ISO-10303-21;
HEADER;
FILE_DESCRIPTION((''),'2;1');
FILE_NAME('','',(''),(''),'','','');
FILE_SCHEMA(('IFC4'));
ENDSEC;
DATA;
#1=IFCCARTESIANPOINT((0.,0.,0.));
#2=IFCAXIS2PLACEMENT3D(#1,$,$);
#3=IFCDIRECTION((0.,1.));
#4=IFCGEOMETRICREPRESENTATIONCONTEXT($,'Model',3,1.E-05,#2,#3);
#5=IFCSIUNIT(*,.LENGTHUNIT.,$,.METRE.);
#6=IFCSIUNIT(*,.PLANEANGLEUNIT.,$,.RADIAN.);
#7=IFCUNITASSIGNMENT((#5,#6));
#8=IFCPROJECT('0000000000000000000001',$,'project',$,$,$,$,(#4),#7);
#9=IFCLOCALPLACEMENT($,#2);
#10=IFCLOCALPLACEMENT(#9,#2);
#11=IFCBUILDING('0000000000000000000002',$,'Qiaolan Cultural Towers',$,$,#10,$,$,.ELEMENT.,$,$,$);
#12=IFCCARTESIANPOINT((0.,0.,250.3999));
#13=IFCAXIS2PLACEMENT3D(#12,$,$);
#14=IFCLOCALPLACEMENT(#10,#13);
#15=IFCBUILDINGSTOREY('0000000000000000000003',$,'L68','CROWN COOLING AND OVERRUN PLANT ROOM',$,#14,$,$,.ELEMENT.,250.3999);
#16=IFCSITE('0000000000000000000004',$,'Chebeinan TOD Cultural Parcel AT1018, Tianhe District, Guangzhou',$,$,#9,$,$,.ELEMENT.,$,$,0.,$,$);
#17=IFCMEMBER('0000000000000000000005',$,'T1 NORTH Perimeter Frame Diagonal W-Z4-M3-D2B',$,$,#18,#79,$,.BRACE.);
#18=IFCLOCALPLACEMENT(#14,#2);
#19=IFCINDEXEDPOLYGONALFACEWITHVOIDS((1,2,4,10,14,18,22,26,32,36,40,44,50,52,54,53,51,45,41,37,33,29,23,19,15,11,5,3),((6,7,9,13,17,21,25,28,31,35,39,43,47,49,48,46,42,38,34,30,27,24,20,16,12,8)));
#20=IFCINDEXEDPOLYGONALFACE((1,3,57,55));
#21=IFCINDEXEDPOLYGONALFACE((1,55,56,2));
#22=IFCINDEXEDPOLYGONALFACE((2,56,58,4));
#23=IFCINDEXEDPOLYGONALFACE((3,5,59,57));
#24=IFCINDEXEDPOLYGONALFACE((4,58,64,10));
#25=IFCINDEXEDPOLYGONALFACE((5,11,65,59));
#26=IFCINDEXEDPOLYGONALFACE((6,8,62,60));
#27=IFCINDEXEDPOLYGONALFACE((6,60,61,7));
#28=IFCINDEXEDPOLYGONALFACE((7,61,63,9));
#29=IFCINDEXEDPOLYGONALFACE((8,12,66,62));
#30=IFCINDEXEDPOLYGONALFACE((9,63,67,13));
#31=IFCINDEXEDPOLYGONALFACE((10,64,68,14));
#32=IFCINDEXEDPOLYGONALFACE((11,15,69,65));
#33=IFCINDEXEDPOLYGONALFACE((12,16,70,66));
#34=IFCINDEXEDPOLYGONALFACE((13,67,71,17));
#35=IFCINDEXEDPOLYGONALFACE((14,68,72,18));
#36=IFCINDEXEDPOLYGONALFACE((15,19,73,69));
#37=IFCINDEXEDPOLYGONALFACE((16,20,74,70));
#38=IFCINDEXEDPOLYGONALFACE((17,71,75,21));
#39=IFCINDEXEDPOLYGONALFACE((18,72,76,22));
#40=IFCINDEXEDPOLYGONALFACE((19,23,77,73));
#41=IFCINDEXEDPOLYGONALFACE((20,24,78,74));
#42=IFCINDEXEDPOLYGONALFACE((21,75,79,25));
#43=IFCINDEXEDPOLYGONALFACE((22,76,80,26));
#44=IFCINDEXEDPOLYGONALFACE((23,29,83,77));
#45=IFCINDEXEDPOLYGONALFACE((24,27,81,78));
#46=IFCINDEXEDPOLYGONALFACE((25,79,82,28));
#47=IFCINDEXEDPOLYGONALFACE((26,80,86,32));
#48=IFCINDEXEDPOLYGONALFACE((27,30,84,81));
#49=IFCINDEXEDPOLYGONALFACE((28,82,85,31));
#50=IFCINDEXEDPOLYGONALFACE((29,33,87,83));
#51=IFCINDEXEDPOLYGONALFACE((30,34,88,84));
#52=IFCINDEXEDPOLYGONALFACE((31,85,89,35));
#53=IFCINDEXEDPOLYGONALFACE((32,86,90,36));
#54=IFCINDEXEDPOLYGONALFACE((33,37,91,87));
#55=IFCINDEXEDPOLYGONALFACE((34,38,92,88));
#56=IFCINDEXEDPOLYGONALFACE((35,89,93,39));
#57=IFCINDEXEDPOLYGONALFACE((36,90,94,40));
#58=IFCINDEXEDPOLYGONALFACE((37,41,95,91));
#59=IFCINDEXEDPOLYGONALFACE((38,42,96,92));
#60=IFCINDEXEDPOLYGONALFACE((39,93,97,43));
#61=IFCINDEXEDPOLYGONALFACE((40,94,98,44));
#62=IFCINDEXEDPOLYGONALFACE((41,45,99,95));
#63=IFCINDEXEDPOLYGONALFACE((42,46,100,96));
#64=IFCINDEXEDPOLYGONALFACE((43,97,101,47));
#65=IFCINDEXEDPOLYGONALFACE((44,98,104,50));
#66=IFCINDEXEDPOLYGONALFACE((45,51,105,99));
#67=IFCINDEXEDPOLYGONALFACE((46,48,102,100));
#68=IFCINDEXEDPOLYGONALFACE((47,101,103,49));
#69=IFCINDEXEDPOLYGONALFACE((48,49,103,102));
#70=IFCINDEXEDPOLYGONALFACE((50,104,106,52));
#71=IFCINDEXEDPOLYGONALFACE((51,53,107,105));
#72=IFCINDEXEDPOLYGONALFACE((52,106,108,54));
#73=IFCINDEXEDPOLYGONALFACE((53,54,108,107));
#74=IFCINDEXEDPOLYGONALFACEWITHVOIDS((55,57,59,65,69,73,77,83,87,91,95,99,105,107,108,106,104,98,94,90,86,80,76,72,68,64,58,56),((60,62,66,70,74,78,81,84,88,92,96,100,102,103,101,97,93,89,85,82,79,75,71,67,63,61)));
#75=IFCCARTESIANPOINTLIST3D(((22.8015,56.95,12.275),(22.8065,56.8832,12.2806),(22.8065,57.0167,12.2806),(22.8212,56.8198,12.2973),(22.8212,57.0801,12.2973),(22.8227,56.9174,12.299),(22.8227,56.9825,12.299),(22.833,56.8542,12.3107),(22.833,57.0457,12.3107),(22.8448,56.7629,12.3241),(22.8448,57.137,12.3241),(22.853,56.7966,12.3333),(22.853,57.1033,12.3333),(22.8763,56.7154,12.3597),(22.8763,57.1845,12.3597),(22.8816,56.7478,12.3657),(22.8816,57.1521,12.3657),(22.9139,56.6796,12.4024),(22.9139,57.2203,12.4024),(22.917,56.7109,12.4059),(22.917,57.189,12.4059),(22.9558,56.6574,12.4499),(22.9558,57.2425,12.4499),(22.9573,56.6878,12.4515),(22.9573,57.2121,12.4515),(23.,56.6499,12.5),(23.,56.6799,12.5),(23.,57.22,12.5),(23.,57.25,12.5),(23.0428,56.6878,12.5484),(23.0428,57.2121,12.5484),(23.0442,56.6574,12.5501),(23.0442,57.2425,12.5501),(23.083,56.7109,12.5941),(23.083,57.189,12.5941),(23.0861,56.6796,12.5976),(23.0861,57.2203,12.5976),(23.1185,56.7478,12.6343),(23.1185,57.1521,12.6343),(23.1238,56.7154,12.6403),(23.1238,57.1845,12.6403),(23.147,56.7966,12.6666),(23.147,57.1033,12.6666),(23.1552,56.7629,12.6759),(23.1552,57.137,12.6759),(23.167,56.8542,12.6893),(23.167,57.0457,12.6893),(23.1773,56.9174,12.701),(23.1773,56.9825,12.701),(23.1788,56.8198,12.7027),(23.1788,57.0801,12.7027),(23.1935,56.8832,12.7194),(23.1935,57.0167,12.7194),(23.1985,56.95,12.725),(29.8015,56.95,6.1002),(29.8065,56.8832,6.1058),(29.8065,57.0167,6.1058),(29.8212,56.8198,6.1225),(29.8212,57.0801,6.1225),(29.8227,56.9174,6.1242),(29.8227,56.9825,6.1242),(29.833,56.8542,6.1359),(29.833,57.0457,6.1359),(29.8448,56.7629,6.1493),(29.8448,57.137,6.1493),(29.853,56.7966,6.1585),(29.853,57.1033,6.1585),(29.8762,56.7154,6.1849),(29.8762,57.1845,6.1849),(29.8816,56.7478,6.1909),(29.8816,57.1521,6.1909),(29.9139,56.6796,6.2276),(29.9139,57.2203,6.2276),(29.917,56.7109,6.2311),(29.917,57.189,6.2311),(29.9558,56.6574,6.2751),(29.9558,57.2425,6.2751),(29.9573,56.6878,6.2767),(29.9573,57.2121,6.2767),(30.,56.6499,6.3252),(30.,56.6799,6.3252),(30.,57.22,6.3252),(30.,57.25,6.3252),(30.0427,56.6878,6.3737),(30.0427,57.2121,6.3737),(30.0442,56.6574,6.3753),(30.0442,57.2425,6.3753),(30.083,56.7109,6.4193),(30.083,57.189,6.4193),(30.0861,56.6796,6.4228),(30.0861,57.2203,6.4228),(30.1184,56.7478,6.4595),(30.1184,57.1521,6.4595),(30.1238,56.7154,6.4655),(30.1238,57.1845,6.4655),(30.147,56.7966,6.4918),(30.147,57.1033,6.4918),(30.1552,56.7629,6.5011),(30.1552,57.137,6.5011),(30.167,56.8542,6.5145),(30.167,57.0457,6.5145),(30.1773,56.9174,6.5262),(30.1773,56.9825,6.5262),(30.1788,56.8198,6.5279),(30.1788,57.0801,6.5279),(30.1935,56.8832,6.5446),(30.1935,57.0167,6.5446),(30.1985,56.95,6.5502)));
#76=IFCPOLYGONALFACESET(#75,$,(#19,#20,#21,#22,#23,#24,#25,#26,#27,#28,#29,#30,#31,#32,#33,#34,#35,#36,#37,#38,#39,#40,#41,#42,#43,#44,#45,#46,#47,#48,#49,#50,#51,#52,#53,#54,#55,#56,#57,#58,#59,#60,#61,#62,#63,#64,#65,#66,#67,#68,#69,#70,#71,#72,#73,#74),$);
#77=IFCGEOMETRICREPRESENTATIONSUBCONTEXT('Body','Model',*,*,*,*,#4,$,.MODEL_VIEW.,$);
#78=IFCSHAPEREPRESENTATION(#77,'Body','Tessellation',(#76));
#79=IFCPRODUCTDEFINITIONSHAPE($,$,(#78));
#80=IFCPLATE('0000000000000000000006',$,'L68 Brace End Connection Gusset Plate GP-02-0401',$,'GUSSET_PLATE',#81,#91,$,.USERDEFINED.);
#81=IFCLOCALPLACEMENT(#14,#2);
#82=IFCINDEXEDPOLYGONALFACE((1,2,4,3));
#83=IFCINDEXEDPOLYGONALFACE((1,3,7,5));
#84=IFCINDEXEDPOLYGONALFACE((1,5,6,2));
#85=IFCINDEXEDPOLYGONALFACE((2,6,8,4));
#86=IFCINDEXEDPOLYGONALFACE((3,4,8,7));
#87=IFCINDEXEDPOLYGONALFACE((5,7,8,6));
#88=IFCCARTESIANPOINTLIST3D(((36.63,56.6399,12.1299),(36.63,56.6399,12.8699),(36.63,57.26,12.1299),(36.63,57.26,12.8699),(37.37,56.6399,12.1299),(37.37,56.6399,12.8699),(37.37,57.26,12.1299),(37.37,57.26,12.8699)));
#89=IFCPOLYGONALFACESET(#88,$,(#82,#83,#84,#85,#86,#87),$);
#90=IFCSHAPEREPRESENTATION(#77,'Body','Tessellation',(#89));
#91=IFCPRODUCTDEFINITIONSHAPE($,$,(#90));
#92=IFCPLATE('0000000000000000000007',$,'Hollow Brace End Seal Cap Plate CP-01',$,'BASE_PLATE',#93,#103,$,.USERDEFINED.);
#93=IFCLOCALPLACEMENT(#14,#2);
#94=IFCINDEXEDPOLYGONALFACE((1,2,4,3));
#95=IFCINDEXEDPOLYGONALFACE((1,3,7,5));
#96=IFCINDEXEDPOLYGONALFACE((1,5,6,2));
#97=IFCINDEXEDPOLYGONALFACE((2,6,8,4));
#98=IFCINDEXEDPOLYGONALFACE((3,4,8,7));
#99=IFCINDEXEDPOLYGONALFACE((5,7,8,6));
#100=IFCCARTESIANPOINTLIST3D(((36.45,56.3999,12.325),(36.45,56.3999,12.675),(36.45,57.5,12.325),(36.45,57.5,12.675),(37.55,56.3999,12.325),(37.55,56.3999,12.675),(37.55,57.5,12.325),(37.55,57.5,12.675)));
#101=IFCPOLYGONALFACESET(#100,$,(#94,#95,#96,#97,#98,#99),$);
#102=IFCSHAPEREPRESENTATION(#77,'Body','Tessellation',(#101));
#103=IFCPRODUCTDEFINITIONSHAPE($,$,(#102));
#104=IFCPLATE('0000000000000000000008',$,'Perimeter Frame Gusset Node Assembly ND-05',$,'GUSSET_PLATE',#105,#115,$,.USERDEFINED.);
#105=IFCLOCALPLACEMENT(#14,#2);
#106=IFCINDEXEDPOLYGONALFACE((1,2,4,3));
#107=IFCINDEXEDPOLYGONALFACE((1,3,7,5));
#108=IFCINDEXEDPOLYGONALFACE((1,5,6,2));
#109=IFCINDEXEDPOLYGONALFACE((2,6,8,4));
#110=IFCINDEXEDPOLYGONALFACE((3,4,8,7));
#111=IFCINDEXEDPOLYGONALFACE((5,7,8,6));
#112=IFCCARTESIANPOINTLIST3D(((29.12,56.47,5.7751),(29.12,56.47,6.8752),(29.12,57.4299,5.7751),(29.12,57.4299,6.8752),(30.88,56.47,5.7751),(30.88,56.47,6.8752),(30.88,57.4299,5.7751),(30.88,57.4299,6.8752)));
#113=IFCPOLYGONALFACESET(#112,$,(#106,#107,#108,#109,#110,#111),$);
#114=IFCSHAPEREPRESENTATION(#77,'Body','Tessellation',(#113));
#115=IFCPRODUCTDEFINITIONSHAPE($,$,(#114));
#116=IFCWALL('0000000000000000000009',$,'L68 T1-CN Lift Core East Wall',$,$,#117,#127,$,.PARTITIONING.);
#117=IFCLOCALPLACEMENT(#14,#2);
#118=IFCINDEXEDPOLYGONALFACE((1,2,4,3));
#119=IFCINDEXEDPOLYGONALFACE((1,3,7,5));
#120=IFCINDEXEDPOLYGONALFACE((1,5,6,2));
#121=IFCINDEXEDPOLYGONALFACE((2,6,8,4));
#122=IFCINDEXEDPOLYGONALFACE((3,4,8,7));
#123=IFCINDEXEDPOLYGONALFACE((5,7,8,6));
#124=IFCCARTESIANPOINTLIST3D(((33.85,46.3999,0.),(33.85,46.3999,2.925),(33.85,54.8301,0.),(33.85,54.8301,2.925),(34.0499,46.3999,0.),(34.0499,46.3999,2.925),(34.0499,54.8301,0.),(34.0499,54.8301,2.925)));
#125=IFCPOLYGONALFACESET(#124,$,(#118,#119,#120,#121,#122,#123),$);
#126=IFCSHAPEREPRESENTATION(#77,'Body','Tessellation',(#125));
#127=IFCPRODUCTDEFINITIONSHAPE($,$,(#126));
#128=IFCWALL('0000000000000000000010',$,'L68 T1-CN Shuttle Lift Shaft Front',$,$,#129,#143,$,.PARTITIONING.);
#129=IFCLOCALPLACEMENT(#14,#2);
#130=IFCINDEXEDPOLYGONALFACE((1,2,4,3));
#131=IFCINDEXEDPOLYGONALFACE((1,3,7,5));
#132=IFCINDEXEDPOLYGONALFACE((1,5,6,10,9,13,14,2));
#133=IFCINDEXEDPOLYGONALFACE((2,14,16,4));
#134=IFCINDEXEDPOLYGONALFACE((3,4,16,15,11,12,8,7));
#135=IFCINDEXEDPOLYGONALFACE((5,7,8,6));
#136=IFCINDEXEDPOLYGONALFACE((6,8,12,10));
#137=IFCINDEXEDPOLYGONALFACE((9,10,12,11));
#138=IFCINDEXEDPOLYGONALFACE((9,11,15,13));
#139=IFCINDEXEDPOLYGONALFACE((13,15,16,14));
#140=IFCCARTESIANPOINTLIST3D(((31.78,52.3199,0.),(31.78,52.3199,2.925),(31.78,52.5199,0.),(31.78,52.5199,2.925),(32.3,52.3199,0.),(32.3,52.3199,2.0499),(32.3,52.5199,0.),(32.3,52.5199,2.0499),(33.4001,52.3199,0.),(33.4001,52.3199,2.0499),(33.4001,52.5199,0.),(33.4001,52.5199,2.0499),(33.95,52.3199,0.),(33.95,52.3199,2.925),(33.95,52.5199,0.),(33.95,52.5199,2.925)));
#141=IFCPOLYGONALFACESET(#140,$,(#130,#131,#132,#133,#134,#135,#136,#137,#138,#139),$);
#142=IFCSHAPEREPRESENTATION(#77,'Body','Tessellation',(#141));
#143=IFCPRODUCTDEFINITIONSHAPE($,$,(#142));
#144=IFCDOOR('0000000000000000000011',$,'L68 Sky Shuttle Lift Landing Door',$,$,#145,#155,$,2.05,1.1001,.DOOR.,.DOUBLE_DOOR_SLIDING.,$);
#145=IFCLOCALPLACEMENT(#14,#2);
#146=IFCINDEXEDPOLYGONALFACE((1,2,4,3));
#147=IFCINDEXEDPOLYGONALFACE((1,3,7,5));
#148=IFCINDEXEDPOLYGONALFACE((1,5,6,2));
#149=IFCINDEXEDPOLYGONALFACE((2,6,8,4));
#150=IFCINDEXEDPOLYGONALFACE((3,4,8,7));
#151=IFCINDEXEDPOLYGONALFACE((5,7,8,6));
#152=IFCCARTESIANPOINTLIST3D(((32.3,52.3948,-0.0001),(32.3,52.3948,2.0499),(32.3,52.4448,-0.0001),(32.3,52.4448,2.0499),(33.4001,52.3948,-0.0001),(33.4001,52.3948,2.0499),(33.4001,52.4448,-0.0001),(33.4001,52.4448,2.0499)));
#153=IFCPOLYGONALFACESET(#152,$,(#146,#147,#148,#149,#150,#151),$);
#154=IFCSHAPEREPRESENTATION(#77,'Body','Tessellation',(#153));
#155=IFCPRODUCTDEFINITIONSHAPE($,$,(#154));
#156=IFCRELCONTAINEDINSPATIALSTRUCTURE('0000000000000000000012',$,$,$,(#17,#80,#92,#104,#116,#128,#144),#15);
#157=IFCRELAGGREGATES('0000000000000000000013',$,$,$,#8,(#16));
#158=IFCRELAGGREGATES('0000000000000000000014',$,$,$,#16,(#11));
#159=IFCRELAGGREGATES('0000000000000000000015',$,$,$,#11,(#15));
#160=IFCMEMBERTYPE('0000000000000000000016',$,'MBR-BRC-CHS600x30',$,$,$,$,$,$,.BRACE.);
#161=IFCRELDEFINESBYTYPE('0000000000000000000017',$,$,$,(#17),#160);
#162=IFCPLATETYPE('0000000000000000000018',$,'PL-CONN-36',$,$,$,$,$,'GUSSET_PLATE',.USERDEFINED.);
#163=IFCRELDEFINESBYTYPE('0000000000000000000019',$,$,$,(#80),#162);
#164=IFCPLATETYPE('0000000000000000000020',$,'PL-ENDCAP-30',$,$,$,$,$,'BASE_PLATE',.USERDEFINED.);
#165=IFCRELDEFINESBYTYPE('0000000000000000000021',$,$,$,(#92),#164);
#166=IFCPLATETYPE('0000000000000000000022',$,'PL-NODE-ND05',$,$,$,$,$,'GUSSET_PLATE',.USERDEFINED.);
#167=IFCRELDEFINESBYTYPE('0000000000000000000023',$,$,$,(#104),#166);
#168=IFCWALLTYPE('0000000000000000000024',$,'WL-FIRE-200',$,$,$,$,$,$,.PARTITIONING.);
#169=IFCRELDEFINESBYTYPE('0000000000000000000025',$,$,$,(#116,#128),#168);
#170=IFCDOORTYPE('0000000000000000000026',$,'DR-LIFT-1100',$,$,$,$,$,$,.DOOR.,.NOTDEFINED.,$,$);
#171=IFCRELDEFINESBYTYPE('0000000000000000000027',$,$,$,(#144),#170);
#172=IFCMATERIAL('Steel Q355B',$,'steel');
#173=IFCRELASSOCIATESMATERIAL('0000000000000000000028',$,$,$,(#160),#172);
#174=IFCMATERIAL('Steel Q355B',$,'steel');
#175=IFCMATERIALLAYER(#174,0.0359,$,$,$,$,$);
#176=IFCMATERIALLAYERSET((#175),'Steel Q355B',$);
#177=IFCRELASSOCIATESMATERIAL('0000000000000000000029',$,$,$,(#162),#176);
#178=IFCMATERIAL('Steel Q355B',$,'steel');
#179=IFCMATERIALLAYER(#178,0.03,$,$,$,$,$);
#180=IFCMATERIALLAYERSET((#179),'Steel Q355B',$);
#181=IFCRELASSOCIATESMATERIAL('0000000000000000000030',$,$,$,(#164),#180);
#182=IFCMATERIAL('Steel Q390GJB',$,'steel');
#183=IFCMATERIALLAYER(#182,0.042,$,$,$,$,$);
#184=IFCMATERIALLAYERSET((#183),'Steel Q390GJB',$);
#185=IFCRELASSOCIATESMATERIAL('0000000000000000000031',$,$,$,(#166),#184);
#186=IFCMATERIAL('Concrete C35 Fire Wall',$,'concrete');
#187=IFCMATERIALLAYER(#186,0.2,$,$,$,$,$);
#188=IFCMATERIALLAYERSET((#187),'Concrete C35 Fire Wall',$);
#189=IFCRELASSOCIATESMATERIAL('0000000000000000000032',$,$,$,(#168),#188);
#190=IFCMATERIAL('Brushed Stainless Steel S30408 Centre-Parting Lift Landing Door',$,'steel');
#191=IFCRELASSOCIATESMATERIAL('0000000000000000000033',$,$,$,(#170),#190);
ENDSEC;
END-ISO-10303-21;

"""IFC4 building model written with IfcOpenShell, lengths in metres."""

from ifc_helpers import new_model, si_unit, direction, frame, frame_2d, origin, origin_2d, place, context, subcontext, project, spatial, rectangle, hollow_circle, extrude, material, layer, layer_set, material_profile, profile_set, type_object, element, fill, save


model = new_model("IFC4")

# Units and contexts
model_context = context("Model", 3, precision=1e-05, world=origin(), true_north=direction((0.0, 1.0)))
body_context = subcontext(model_context, "Body", "Model", "MODEL_VIEW")
ifc_project = project(units=[si_unit("LENGTHUNIT", "METRE"), si_unit("PLANEANGLEUNIT", "RADIAN")], contexts=[model_context])

# Site, building, storey
site_placement = place(None, origin())
site = spatial("IfcSite", under=ifc_project, at=site_placement, Name="Chebeinan TOD Cultural Parcel AT1018, Tianhe District, Guangzhou", CompositionType="ELEMENT", RefElevation=0.0)
building_placement = place(site_placement, origin())
building = spatial("IfcBuilding", under=site, at=building_placement, Name="Qiaolan Cultural Towers", CompositionType="ELEMENT")
storey_placement = place(building_placement, frame((0.0, 0.0, 250.3999)))
storey = spatial("IfcBuildingStorey", under=building, at=storey_placement, Name="L68", Description="CROWN COOLING AND OVERRUN PLANT ROOM", CompositionType="ELEMENT", Elevation=250.3999)

# Member
ifc_material_1 = material(Name="Steel Q355B", Category="steel")
ifc_material_profile_1 = material_profile(ifc_material_1, hollow_circle(Radius=0.3, WallThickness=0.03, at=origin_2d()), Name="CHS600x30")
ifc_profile_set_1 = profile_set([ifc_material_profile_1], Name="Steel Q355B")
member_type = type_object("IfcMemberType", Name="MBR-BRC-CHS600x30", PredefinedType="BRACE", material=ifc_profile_set_1)
member_1_placement = place(storey_placement, frame((30.0, 56.95, 6.3252), z_axis=(-0.749926, 0.0, 0.661521), x_axis=(0.0, -1.0, 0.0)))
element("IfcMember", 1, at=member_1_placement, inside=storey, type_object=member_type, Name="T1 NORTH Perimeter Frame Diagonal W-Z4-M3-D2B", PredefinedType="BRACE", context=body_context, shape_type="SweptSolid", body=[
    extrude(hollow_circle(Radius=0.3, WallThickness=0.03, at=origin_2d()), origin(), (0.0, 0.0, 1.0), 9.3342),
])

# Plates
ifc_material_2 = material(Name="Steel Q355B", Category="steel")
ifc_layer_1 = layer(ifc_material_2, 0.0359)
ifc_layer_set_1 = layer_set([ifc_layer_1], Name="Steel Q355B")
plate_type_1 = type_object("IfcPlateType", Name="PL-CONN-36", ElementType="GUSSET_PLATE", PredefinedType="USERDEFINED", material=ifc_layer_set_1)
plate_1_placement = place(storey_placement, frame((37.0, 56.95, 12.1299), z_axis=(0.0, 0.0, 1.0), x_axis=(1.0, 0.0, 0.0)))
element("IfcPlate", 2, at=plate_1_placement, inside=storey, type_object=plate_type_1, Name="L68 Brace End Connection Gusset Plate GP-02-0401", ObjectType="GUSSET_PLATE", PredefinedType="USERDEFINED", context=body_context, shape_type="SweptSolid", body=[
    extrude(rectangle(XDim=0.74, YDim=0.6201, at=origin_2d()), origin(), (0.0, 0.0, 1.0), 0.74),
])
ifc_material_3 = material(Name="Steel Q355B", Category="steel")
ifc_layer_2 = layer(ifc_material_3, 0.03)
ifc_layer_set_2 = layer_set([ifc_layer_2], Name="Steel Q355B")
plate_type_2 = type_object("IfcPlateType", Name="PL-ENDCAP-30", ElementType="BASE_PLATE", PredefinedType="USERDEFINED", material=ifc_layer_set_2)
plate_2_placement = place(storey_placement, frame((37.0, 56.95, 12.325), z_axis=(0.0, 0.0, 1.0), x_axis=(1.0, 0.0, 0.0)))
element("IfcPlate", 3, at=plate_2_placement, inside=storey, type_object=plate_type_2, Name="Hollow Brace End Seal Cap Plate CP-01", ObjectType="BASE_PLATE", PredefinedType="USERDEFINED", context=body_context, shape_type="SweptSolid", body=[
    extrude(rectangle(XDim=1.1001, YDim=1.1001, at=origin_2d()), origin(), (0.0, 0.0, 1.0), 0.3501),
])
ifc_material_4 = material(Name="Steel Q390GJB", Category="steel")
ifc_layer_3 = layer(ifc_material_4, 0.042)
ifc_layer_set_3 = layer_set([ifc_layer_3], Name="Steel Q390GJB")
plate_type_3 = type_object("IfcPlateType", Name="PL-NODE-ND05", ElementType="GUSSET_PLATE", PredefinedType="USERDEFINED", material=ifc_layer_set_3)
plate_3_placement = place(storey_placement, frame((30.0, 56.95, 5.7751), z_axis=(0.0, 0.0, 1.0), x_axis=(1.0, 0.0, 0.0)))
element("IfcPlate", 4, at=plate_3_placement, inside=storey, type_object=plate_type_3, Name="Perimeter Frame Gusset Node Assembly ND-05", ObjectType="GUSSET_PLATE", PredefinedType="USERDEFINED", context=body_context, shape_type="SweptSolid", body=[
    extrude(rectangle(XDim=1.76, YDim=0.96, at=origin_2d()), origin(), (0.0, 0.0, 1.0), 1.1001),
])

# Wall
ifc_material_5 = material(Name="Concrete C35 Fire Wall", Category="concrete")
ifc_layer_4 = layer(ifc_material_5, 0.2)
ifc_layer_set_4 = layer_set([ifc_layer_4], Name="Concrete C35 Fire Wall")
wall_type_1 = type_object("IfcWallType", Name="WL-FIRE-200", PredefinedType="PARTITIONING", material=ifc_layer_set_4)
wall_1_placement = place(storey_placement, frame((33.95, 46.3999, 0.0), z_axis=(0.0, 0.0, 1.0), x_axis=(0.0, 1.0, 0.0)))
element("IfcWall", 5, at=wall_1_placement, inside=storey, type_object=wall_type_1, Name="L68 T1-CN Lift Core East Wall", PredefinedType="PARTITIONING", context=body_context, shape_type="SweptSolid", body=[
    extrude(rectangle(XDim=8.4302, YDim=0.2, at=frame_2d((4.2151, 0.0))), origin(), (0.0, 0.0, 1.0), 2.925),
])

# Wall, opening, door
wall_2_placement = place(storey_placement, frame((31.78, 52.4199, 0.0), z_axis=(0.0, 0.0, 1.0), x_axis=(1.0, 0.0, 0.0)))
wall_2 = element("IfcWall", 6, at=wall_2_placement, inside=storey, type_object=wall_type_1, Name="L68 T1-CN Shuttle Lift Shaft Front", PredefinedType="PARTITIONING", context=body_context, shape_type="SweptSolid", body=[
    extrude(rectangle(XDim=2.1699, YDim=0.2, at=frame_2d((1.085, 0.0))), origin(), (0.0, 0.0, 1.0), 2.925),
])
opening_1_placement = place(wall_2_placement, frame((0.52, 0.0, 0.0)))
opening_1 = element("IfcOpeningElement", 7, at=opening_1_placement, cuts=wall_2, PredefinedType="OPENING", context=body_context, shape_type="SweptSolid", body=[
    extrude(rectangle(XDim=1.1001, YDim=2.05, at=frame_2d((0.55, 1.0249))), frame((0.0, 0.1099, 0.0), z_axis=(0.0, -1.0, 0.0), x_axis=(1.0, 0.0, 0.0)), (0.0, 0.0, 1.0), 0.22),
])
ifc_material_6 = material(Name="Brushed Stainless Steel S30408 Centre-Parting Lift Landing Door", Category="steel")
door_type_1 = type_object("IfcDoorType", Name="DR-LIFT-1100", OperationType="NOTDEFINED", PredefinedType="DOOR", material=ifc_material_6)
door_1_placement = place(opening_1_placement, origin())
door_1 = element("IfcDoor", 8, at=door_1_placement, inside=storey, type_object=door_type_1, Name="L68 Sky Shuttle Lift Landing Door", OperationType="DOUBLE_DOOR_SLIDING", OverallHeight=2.05, OverallWidth=1.1001, PredefinedType="DOOR", context=body_context, shape_type="SweptSolid", body=[
    extrude(rectangle(XDim=1.1001, YDim=2.05, at=frame_2d((0.55, 1.0249))), frame((0.0, 0.0249, 0.0), z_axis=(0.0, -1.0, 0.0), x_axis=(1.0, 0.0, 0.0)), (0.0, 0.0, 1.0), 0.05),
])
fill(opening_1, door_1)

save(model, "model.ifc")
